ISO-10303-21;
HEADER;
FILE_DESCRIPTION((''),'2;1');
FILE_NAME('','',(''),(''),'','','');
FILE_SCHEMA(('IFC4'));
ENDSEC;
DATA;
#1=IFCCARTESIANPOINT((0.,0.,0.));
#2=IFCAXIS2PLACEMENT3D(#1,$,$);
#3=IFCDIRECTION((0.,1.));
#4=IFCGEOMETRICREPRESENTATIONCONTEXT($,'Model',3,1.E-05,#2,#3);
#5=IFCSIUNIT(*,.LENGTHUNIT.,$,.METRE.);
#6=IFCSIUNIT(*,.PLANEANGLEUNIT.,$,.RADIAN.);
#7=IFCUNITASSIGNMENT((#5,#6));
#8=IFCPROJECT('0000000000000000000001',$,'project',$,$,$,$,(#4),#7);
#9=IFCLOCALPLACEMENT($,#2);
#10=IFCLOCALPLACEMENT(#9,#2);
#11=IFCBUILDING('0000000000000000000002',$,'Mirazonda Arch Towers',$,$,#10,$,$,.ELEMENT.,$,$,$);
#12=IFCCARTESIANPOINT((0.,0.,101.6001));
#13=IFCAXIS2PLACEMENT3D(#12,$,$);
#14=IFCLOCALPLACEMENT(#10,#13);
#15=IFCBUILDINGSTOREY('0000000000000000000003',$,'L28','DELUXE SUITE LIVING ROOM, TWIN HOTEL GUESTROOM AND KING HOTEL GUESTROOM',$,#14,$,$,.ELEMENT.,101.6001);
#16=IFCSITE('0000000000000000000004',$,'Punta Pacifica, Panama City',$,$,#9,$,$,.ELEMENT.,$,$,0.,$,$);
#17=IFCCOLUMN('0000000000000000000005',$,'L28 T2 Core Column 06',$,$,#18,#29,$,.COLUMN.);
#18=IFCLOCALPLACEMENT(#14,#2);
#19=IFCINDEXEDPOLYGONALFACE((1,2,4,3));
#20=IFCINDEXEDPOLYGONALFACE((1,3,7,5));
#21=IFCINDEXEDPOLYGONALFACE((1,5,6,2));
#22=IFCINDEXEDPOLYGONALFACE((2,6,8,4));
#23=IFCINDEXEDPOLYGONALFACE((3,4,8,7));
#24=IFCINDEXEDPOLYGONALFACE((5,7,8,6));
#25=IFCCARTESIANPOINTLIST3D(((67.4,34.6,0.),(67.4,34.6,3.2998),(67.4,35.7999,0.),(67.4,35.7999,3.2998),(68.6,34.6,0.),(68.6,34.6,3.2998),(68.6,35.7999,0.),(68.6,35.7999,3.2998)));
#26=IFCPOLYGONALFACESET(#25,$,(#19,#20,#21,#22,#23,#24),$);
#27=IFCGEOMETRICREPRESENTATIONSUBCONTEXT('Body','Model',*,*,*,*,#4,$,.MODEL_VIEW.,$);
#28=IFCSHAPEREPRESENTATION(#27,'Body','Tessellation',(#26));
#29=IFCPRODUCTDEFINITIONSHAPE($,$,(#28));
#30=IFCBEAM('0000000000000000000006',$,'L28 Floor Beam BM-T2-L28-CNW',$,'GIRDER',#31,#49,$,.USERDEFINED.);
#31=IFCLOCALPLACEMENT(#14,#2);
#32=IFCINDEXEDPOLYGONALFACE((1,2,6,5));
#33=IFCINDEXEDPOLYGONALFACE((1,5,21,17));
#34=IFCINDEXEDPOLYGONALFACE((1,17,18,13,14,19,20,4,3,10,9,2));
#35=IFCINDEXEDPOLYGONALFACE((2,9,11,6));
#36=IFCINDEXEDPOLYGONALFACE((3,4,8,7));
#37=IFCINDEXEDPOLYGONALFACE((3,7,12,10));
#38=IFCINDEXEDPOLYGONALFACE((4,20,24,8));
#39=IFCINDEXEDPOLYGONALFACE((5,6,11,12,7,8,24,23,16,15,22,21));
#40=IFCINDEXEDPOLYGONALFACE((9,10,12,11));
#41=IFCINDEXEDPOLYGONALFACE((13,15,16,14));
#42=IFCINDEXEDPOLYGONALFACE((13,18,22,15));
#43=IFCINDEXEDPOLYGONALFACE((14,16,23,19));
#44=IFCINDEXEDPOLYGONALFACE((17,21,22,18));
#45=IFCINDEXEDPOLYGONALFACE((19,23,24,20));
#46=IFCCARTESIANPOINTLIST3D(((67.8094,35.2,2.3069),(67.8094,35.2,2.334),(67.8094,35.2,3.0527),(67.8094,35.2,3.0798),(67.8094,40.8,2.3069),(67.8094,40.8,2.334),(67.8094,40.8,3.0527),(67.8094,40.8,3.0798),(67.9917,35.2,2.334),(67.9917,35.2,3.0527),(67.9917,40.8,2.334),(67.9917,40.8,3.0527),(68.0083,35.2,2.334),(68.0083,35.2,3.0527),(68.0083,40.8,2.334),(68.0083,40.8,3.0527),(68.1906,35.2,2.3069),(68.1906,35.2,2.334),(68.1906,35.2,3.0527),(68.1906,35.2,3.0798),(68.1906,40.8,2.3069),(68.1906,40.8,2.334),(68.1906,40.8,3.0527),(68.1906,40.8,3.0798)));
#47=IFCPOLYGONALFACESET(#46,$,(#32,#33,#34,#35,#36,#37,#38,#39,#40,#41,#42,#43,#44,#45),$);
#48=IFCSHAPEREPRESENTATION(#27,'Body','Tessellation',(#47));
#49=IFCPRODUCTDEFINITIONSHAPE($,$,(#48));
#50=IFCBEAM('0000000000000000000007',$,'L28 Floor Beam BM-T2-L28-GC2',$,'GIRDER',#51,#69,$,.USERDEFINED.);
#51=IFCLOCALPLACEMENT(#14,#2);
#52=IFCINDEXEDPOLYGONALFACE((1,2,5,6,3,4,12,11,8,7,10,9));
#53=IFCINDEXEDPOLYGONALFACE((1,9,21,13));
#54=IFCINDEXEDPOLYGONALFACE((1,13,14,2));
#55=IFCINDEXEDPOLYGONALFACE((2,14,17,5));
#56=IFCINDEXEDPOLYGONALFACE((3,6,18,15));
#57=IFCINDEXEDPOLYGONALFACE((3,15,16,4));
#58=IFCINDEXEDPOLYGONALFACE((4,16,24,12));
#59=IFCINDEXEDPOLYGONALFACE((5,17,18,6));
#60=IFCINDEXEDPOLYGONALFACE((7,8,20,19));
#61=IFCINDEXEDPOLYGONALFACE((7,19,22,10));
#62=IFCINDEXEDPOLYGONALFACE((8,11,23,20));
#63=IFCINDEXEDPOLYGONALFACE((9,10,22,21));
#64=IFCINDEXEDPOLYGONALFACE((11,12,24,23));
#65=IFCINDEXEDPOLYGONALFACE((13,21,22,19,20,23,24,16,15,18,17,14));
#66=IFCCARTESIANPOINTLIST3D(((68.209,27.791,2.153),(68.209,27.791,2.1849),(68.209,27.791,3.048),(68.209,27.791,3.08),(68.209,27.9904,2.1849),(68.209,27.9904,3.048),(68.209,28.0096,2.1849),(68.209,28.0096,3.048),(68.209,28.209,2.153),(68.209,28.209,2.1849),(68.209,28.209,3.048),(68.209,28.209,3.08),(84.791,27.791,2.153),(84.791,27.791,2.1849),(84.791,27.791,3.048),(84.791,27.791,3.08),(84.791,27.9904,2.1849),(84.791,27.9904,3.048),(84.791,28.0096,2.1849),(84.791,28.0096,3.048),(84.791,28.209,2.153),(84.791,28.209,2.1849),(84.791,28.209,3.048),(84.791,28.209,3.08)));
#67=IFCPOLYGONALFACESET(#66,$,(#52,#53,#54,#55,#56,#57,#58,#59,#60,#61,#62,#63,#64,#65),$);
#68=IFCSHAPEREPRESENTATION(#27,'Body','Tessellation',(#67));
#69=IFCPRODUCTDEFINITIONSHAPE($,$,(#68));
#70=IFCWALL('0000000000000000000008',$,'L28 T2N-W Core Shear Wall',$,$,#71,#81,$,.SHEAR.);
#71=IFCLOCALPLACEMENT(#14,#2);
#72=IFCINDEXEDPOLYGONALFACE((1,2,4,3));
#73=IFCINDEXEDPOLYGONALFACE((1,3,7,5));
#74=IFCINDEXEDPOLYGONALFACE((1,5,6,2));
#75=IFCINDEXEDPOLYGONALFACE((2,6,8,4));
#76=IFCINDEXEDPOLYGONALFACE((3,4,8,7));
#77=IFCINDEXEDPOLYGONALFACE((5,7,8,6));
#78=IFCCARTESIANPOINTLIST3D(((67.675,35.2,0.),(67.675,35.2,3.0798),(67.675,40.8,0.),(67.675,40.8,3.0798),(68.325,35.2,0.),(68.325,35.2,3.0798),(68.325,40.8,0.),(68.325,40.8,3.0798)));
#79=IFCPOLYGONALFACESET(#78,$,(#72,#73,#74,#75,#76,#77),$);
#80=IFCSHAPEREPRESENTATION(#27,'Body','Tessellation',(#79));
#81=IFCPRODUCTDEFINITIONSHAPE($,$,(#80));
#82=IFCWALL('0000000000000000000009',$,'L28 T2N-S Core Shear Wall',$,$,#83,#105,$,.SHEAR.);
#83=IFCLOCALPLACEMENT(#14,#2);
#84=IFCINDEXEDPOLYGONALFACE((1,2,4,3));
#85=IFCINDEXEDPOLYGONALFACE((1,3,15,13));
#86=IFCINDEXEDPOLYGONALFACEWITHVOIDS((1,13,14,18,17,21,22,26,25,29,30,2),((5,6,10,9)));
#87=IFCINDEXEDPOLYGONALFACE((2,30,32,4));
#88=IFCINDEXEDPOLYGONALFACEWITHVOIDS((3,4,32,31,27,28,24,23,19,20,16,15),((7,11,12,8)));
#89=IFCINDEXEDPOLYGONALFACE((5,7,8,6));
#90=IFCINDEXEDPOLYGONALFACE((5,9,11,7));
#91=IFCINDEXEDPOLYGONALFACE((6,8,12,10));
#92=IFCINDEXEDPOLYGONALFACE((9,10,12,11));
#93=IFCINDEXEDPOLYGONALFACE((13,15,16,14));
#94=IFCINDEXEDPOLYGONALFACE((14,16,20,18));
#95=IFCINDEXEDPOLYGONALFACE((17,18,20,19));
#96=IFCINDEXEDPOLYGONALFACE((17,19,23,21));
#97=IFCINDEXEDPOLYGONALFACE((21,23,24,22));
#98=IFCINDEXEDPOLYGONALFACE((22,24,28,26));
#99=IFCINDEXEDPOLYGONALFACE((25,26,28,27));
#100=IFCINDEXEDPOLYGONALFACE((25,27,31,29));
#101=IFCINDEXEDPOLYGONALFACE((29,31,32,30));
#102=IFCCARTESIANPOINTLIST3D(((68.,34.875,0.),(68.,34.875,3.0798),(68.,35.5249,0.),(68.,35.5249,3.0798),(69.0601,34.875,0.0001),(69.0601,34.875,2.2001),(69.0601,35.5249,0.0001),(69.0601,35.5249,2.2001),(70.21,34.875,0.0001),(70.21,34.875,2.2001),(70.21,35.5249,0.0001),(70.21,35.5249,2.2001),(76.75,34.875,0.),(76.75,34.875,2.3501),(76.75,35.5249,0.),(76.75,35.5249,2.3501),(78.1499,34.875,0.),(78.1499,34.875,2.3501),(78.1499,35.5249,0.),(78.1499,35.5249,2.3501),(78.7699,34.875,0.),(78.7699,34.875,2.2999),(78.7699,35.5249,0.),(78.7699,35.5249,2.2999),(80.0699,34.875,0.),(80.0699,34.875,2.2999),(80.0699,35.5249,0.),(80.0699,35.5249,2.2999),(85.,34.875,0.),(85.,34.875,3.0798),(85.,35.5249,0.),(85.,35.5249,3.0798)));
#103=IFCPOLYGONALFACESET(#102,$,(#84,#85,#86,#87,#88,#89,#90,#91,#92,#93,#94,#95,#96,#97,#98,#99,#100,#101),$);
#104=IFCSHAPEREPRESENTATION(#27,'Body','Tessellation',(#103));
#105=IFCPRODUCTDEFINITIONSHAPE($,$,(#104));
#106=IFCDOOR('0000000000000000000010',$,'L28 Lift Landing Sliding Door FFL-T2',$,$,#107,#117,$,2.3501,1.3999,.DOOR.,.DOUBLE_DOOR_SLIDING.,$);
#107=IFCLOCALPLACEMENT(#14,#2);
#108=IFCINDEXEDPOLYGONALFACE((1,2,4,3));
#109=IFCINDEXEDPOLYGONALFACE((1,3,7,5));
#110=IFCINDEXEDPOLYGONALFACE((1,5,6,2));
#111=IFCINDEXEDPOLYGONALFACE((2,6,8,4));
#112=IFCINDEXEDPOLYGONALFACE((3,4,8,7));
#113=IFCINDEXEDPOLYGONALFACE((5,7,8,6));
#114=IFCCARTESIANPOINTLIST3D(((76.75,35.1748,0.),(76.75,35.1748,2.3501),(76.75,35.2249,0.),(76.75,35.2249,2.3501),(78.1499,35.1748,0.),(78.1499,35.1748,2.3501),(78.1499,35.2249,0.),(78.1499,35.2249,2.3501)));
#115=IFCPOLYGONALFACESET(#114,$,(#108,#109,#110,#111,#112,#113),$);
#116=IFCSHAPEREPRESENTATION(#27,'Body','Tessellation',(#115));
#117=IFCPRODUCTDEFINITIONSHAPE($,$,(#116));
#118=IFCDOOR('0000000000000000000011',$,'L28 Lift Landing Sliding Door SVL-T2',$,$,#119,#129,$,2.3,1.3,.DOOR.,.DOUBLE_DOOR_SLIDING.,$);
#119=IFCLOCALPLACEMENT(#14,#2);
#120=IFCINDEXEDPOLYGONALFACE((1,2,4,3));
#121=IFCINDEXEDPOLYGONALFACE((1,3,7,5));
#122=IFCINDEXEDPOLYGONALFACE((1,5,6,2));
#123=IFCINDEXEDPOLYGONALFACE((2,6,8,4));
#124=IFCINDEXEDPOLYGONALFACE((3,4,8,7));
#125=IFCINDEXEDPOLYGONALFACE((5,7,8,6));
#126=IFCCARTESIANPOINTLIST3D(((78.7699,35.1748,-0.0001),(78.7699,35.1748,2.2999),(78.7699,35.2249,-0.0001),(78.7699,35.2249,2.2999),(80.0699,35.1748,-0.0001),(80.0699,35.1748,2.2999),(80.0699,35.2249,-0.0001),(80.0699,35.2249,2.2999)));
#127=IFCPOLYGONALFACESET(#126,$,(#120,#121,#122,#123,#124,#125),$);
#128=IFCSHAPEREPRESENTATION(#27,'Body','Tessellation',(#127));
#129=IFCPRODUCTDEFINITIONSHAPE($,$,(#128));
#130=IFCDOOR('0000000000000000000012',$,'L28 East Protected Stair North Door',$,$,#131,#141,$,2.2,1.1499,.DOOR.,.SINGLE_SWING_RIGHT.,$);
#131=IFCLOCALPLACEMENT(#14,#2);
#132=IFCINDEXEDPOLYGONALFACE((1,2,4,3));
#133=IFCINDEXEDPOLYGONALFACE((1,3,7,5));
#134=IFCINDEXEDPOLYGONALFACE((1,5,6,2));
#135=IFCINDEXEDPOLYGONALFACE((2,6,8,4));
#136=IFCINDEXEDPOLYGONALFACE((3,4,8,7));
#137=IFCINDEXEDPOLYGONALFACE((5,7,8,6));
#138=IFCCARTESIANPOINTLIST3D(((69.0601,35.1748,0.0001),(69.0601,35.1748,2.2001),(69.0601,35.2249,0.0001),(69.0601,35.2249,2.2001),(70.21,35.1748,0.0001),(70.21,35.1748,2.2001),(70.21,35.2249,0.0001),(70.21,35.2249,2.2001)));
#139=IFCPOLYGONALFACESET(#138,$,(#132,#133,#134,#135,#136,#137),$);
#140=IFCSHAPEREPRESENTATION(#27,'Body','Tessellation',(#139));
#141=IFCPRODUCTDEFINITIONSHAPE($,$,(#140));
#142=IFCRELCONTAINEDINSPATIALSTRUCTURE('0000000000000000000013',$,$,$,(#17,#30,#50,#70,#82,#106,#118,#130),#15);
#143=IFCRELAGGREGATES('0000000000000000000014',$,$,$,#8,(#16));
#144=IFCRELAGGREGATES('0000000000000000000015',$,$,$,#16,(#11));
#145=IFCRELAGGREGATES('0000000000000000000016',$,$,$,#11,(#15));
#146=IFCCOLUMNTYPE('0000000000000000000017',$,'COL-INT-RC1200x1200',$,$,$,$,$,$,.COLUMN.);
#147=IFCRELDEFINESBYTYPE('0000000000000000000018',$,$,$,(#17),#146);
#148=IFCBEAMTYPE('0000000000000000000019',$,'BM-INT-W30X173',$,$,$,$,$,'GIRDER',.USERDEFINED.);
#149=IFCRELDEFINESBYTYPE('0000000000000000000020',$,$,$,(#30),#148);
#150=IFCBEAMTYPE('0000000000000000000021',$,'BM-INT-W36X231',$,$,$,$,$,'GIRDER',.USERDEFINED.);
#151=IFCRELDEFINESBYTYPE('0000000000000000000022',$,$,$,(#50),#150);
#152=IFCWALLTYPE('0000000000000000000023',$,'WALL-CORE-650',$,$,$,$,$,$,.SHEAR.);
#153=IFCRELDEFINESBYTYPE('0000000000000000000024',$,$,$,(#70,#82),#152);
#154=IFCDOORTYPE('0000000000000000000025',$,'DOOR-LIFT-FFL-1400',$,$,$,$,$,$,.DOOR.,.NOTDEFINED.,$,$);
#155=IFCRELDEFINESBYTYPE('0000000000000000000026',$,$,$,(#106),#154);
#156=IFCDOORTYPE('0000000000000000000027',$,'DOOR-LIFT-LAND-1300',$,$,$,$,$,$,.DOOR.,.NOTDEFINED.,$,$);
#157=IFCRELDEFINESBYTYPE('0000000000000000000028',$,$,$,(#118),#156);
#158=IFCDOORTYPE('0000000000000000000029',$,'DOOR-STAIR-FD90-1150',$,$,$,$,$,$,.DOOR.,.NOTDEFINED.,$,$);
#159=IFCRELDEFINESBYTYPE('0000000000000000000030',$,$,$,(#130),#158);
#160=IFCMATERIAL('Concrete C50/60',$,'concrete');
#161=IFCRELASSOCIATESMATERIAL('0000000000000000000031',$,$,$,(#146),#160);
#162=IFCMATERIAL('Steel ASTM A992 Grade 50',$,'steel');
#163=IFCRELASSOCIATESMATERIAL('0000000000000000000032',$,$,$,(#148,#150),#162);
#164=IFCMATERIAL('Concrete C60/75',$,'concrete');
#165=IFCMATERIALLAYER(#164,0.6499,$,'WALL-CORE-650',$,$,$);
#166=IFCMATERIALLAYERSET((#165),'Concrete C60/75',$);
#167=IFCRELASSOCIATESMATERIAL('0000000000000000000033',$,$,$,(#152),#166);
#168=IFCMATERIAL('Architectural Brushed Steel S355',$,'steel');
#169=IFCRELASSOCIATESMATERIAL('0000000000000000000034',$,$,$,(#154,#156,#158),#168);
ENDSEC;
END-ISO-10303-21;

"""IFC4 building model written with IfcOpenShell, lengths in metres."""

from ifc_helpers import new_model, si_unit, direction, frame, frame_2d, origin, origin_2d, place, context, subcontext, project, spatial, rectangle, i_section, extrude, material, layer, layer_set, material_profile, profile_set, type_object, element, fill, save


model = new_model("IFC4")

# Units and contexts
model_context = context("Model", 3, precision=1e-05, world=origin(), true_north=direction((0.0, 1.0)))
body_context = subcontext(model_context, "Body", "Model", "MODEL_VIEW")
ifc_project = project(units=[si_unit("LENGTHUNIT", "METRE"), si_unit("PLANEANGLEUNIT", "RADIAN")], contexts=[model_context])

# Site, building, storey
site_placement = place(None, origin())
site = spatial("IfcSite", under=ifc_project, at=site_placement, Name="Punta Pacifica, Panama City", CompositionType="ELEMENT", RefElevation=0.0)
building_placement = place(site_placement, origin())
building = spatial("IfcBuilding", under=site, at=building_placement, Name="Mirazonda Arch Towers", CompositionType="ELEMENT")
storey_placement = place(building_placement, frame((0.0, 0.0, 101.6001)))
storey = spatial("IfcBuildingStorey", under=building, at=storey_placement, Name="L28", Description="DELUXE SUITE LIVING ROOM, TWIN HOTEL GUESTROOM AND KING HOTEL GUESTROOM", CompositionType="ELEMENT", Elevation=101.6001)

# Column
ifc_material_1 = material(Name="Concrete C50/60", Category="concrete")
ifc_material_profile_1 = material_profile(ifc_material_1, rectangle(XDim=1.2, YDim=1.2, at=origin_2d()), Name="RC1200x1200")
ifc_profile_set_1 = profile_set([ifc_material_profile_1], Name="Concrete C50/60")
column_type = type_object("IfcColumnType", Name="COL-INT-RC1200x1200", PredefinedType="COLUMN", material=ifc_profile_set_1)
column_placement = place(storey_placement, frame((68.0, 35.2, 0.0), z_axis=(0.0, 0.0, 1.0), x_axis=(1.0, 0.0, 0.0)))
element("IfcColumn", 1, at=column_placement, inside=storey, type_object=column_type, Name="L28 T2 Core Column 06", PredefinedType="COLUMN", context=body_context, shape_type="SweptSolid", body=[
    extrude(rectangle(XDim=1.2, YDim=1.2, at=origin_2d()), origin(), (0.0, 0.0, 1.0), 3.2998),
])

# Beams
ifc_material_2 = material(Name="Steel ASTM A992 Grade 50", Category="steel")
ifc_material_profile_2 = material_profile(ifc_material_2, i_section(OverallWidth=0.3811, OverallDepth=0.7729, WebThickness=0.0166, FlangeThickness=0.0271, at=origin_2d()), Name="W30X173")
ifc_profile_set_2 = profile_set([ifc_material_profile_2], Name="Steel ASTM A992 Grade 50")
beam_type_1 = type_object("IfcBeamType", Name="BM-INT-W30X173", ElementType="GIRDER", PredefinedType="USERDEFINED", material=ifc_profile_set_2)
beam_1_placement = place(storey_placement, frame((68.0, 35.2, 2.6934), z_axis=(0.0, 1.0, 0.0), x_axis=(-1.0, 0.0, 0.0)))
element("IfcBeam", 2, at=beam_1_placement, inside=storey, type_object=beam_type_1, Name="L28 Floor Beam BM-T2-L28-CNW", ObjectType="GIRDER", PredefinedType="USERDEFINED", context=body_context, shape_type="SweptSolid", body=[
    extrude(i_section(OverallWidth=0.3811, OverallDepth=0.7729, WebThickness=0.0166, FlangeThickness=0.0271, at=origin_2d()), origin(), (0.0, 0.0, 1.0), 5.6001),
])
ifc_material_profile_3 = material_profile(ifc_material_2, i_section(OverallWidth=0.418, OverallDepth=0.927, WebThickness=0.0193, FlangeThickness=0.032, at=origin_2d()), Name="W36X231")
ifc_profile_set_3 = profile_set([ifc_material_profile_3], Name="Steel ASTM A992 Grade 50")
beam_type_2 = type_object("IfcBeamType", Name="BM-INT-W36X231", ElementType="GIRDER", PredefinedType="USERDEFINED", material=ifc_profile_set_3)
beam_2_placement = place(storey_placement, frame((68.209, 28.0, 2.6165), z_axis=(1.0, 0.0, 0.0), x_axis=(0.0, 1.0, 0.0)))
element("IfcBeam", 3, at=beam_2_placement, inside=storey, type_object=beam_type_2, Name="L28 Floor Beam BM-T2-L28-GC2", ObjectType="GIRDER", PredefinedType="USERDEFINED", context=body_context, shape_type="SweptSolid", body=[
    extrude(i_section(OverallWidth=0.418, OverallDepth=0.927, WebThickness=0.0193, FlangeThickness=0.032, at=origin_2d()), origin(), (0.0, 0.0, 1.0), 16.582),
])

# Wall
ifc_material_3 = material(Name="Concrete C60/75", Category="concrete")
ifc_layer_1 = layer(ifc_material_3, 0.6499, Name="WALL-CORE-650")
ifc_layer_set_1 = layer_set([ifc_layer_1], Name="Concrete C60/75")
wall_type_1 = type_object("IfcWallType", Name="WALL-CORE-650", PredefinedType="SHEAR", material=ifc_layer_set_1)
wall_1_placement = place(storey_placement, frame((68.0, 35.2, 0.0), z_axis=(0.0, 0.0, 1.0), x_axis=(0.0, 1.0, 0.0)))
element("IfcWall", 4, at=wall_1_placement, inside=storey, type_object=wall_type_1, Name="L28 T2N-W Core Shear Wall", PredefinedType="SHEAR", context=body_context, shape_type="SweptSolid", body=[
    extrude(rectangle(XDim=5.6001, YDim=0.6499, at=frame_2d((2.8, 0.0))), origin(), (0.0, 0.0, 1.0), 3.0798),
])

# Wall, openings, doors
wall_2_placement = place(storey_placement, frame((68.0, 35.2, 0.0), z_axis=(0.0, 0.0, 1.0), x_axis=(1.0, 0.0, 0.0)))
wall_2 = element("IfcWall", 5, at=wall_2_placement, inside=storey, type_object=wall_type_1, Name="L28 T2N-S Core Shear Wall", PredefinedType="SHEAR", context=body_context, shape_type="SweptSolid", body=[
    extrude(rectangle(XDim=17.0, YDim=0.6499, at=frame_2d((8.5, 0.0))), origin(), (0.0, 0.0, 1.0), 3.0798),
])
opening_1_placement = place(wall_2_placement, frame((1.0601, 0.0, 0.0)))
opening_1 = element("IfcOpeningElement", 6, at=opening_1_placement, cuts=wall_2, PredefinedType="OPENING", context=body_context, shape_type="SweptSolid", body=[
    extrude(rectangle(XDim=1.1499, YDim=2.2, at=frame_2d((0.575, 1.1001))), frame((0.0, 0.335, 0.0), z_axis=(0.0, -1.0, 0.0), x_axis=(1.0, 0.0, 0.0)), (0.0, 0.0, 1.0), 0.6699),
])
opening_2_placement = place(wall_2_placement, frame((8.75, 0.0, 0.0)))
opening_2 = element("IfcOpeningElement", 7, at=opening_2_placement, cuts=wall_2, PredefinedType="OPENING", context=body_context, shape_type="SweptSolid", body=[
    extrude(rectangle(XDim=1.3999, YDim=2.3501, at=frame_2d((0.7, 1.175))), frame((0.0, 0.335, 0.0), z_axis=(0.0, -1.0, 0.0), x_axis=(1.0, 0.0, 0.0)), (0.0, 0.0, 1.0), 0.6699),
])
opening_3_placement = place(wall_2_placement, frame((10.77, 0.0, 0.0)))
opening_3 = element("IfcOpeningElement", 8, at=opening_3_placement, cuts=wall_2, PredefinedType="OPENING", context=body_context, shape_type="SweptSolid", body=[
    extrude(rectangle(XDim=1.3, YDim=2.3, at=frame_2d((0.6499, 1.1499))), frame((0.0, 0.335, 0.0), z_axis=(0.0, -1.0, 0.0), x_axis=(1.0, 0.0, 0.0)), (0.0, 0.0, 1.0), 0.6699),
])
ifc_material_4 = material(Name="Architectural Brushed Steel S355", Category="steel")
door_type_1 = type_object("IfcDoorType", Name="DOOR-LIFT-FFL-1400", OperationType="NOTDEFINED", PredefinedType="DOOR", material=ifc_material_4)
door_1_placement = place(opening_2_placement, origin())
door_1 = element("IfcDoor", 9, at=door_1_placement, inside=storey, type_object=door_type_1, Name="L28 Lift Landing Sliding Door FFL-T2", OperationType="DOUBLE_DOOR_SLIDING", OverallHeight=2.3501, OverallWidth=1.3999, PredefinedType="DOOR", context=body_context, shape_type="SweptSolid", body=[
    extrude(rectangle(XDim=1.3999, YDim=2.3501, at=frame_2d((0.7, 1.175))), frame((0.0, 0.0249, 0.0), z_axis=(0.0, -1.0, 0.0), x_axis=(1.0, 0.0, 0.0)), (0.0, 0.0, 1.0), 0.05),
])
fill(opening_2, door_1)
door_type_2 = type_object("IfcDoorType", Name="DOOR-LIFT-LAND-1300", OperationType="NOTDEFINED", PredefinedType="DOOR", material=ifc_material_4)
door_2_placement = place(opening_3_placement, origin())
door_2 = element("IfcDoor", 10, at=door_2_placement, inside=storey, type_object=door_type_2, Name="L28 Lift Landing Sliding Door SVL-T2", OperationType="DOUBLE_DOOR_SLIDING", OverallHeight=2.3, OverallWidth=1.3, PredefinedType="DOOR", context=body_context, shape_type="SweptSolid", body=[
    extrude(rectangle(XDim=1.3, YDim=2.3, at=frame_2d((0.6499, 1.1499))), frame((0.0, 0.0249, 0.0), z_axis=(0.0, -1.0, 0.0), x_axis=(1.0, 0.0, 0.0)), (0.0, 0.0, 1.0), 0.05),
])
fill(opening_3, door_2)
door_type_3 = type_object("IfcDoorType", Name="DOOR-STAIR-FD90-1150", OperationType="NOTDEFINED", PredefinedType="DOOR", material=ifc_material_4)
door_3_placement = place(opening_1_placement, origin())
door_3 = element("IfcDoor", 11, at=door_3_placement, inside=storey, type_object=door_type_3, Name="L28 East Protected Stair North Door", OperationType="SINGLE_SWING_RIGHT", OverallHeight=2.2, OverallWidth=1.1499, PredefinedType="DOOR", context=body_context, shape_type="SweptSolid", body=[
    extrude(rectangle(XDim=1.1499, YDim=2.2, at=frame_2d((0.575, 1.1001))), frame((0.0, 0.0249, 0.0), z_axis=(0.0, -1.0, 0.0), x_axis=(1.0, 0.0, 0.0)), (0.0, 0.0, 1.0), 0.05),
])
fill(opening_1, door_3)

save(model, "model.ifc")
